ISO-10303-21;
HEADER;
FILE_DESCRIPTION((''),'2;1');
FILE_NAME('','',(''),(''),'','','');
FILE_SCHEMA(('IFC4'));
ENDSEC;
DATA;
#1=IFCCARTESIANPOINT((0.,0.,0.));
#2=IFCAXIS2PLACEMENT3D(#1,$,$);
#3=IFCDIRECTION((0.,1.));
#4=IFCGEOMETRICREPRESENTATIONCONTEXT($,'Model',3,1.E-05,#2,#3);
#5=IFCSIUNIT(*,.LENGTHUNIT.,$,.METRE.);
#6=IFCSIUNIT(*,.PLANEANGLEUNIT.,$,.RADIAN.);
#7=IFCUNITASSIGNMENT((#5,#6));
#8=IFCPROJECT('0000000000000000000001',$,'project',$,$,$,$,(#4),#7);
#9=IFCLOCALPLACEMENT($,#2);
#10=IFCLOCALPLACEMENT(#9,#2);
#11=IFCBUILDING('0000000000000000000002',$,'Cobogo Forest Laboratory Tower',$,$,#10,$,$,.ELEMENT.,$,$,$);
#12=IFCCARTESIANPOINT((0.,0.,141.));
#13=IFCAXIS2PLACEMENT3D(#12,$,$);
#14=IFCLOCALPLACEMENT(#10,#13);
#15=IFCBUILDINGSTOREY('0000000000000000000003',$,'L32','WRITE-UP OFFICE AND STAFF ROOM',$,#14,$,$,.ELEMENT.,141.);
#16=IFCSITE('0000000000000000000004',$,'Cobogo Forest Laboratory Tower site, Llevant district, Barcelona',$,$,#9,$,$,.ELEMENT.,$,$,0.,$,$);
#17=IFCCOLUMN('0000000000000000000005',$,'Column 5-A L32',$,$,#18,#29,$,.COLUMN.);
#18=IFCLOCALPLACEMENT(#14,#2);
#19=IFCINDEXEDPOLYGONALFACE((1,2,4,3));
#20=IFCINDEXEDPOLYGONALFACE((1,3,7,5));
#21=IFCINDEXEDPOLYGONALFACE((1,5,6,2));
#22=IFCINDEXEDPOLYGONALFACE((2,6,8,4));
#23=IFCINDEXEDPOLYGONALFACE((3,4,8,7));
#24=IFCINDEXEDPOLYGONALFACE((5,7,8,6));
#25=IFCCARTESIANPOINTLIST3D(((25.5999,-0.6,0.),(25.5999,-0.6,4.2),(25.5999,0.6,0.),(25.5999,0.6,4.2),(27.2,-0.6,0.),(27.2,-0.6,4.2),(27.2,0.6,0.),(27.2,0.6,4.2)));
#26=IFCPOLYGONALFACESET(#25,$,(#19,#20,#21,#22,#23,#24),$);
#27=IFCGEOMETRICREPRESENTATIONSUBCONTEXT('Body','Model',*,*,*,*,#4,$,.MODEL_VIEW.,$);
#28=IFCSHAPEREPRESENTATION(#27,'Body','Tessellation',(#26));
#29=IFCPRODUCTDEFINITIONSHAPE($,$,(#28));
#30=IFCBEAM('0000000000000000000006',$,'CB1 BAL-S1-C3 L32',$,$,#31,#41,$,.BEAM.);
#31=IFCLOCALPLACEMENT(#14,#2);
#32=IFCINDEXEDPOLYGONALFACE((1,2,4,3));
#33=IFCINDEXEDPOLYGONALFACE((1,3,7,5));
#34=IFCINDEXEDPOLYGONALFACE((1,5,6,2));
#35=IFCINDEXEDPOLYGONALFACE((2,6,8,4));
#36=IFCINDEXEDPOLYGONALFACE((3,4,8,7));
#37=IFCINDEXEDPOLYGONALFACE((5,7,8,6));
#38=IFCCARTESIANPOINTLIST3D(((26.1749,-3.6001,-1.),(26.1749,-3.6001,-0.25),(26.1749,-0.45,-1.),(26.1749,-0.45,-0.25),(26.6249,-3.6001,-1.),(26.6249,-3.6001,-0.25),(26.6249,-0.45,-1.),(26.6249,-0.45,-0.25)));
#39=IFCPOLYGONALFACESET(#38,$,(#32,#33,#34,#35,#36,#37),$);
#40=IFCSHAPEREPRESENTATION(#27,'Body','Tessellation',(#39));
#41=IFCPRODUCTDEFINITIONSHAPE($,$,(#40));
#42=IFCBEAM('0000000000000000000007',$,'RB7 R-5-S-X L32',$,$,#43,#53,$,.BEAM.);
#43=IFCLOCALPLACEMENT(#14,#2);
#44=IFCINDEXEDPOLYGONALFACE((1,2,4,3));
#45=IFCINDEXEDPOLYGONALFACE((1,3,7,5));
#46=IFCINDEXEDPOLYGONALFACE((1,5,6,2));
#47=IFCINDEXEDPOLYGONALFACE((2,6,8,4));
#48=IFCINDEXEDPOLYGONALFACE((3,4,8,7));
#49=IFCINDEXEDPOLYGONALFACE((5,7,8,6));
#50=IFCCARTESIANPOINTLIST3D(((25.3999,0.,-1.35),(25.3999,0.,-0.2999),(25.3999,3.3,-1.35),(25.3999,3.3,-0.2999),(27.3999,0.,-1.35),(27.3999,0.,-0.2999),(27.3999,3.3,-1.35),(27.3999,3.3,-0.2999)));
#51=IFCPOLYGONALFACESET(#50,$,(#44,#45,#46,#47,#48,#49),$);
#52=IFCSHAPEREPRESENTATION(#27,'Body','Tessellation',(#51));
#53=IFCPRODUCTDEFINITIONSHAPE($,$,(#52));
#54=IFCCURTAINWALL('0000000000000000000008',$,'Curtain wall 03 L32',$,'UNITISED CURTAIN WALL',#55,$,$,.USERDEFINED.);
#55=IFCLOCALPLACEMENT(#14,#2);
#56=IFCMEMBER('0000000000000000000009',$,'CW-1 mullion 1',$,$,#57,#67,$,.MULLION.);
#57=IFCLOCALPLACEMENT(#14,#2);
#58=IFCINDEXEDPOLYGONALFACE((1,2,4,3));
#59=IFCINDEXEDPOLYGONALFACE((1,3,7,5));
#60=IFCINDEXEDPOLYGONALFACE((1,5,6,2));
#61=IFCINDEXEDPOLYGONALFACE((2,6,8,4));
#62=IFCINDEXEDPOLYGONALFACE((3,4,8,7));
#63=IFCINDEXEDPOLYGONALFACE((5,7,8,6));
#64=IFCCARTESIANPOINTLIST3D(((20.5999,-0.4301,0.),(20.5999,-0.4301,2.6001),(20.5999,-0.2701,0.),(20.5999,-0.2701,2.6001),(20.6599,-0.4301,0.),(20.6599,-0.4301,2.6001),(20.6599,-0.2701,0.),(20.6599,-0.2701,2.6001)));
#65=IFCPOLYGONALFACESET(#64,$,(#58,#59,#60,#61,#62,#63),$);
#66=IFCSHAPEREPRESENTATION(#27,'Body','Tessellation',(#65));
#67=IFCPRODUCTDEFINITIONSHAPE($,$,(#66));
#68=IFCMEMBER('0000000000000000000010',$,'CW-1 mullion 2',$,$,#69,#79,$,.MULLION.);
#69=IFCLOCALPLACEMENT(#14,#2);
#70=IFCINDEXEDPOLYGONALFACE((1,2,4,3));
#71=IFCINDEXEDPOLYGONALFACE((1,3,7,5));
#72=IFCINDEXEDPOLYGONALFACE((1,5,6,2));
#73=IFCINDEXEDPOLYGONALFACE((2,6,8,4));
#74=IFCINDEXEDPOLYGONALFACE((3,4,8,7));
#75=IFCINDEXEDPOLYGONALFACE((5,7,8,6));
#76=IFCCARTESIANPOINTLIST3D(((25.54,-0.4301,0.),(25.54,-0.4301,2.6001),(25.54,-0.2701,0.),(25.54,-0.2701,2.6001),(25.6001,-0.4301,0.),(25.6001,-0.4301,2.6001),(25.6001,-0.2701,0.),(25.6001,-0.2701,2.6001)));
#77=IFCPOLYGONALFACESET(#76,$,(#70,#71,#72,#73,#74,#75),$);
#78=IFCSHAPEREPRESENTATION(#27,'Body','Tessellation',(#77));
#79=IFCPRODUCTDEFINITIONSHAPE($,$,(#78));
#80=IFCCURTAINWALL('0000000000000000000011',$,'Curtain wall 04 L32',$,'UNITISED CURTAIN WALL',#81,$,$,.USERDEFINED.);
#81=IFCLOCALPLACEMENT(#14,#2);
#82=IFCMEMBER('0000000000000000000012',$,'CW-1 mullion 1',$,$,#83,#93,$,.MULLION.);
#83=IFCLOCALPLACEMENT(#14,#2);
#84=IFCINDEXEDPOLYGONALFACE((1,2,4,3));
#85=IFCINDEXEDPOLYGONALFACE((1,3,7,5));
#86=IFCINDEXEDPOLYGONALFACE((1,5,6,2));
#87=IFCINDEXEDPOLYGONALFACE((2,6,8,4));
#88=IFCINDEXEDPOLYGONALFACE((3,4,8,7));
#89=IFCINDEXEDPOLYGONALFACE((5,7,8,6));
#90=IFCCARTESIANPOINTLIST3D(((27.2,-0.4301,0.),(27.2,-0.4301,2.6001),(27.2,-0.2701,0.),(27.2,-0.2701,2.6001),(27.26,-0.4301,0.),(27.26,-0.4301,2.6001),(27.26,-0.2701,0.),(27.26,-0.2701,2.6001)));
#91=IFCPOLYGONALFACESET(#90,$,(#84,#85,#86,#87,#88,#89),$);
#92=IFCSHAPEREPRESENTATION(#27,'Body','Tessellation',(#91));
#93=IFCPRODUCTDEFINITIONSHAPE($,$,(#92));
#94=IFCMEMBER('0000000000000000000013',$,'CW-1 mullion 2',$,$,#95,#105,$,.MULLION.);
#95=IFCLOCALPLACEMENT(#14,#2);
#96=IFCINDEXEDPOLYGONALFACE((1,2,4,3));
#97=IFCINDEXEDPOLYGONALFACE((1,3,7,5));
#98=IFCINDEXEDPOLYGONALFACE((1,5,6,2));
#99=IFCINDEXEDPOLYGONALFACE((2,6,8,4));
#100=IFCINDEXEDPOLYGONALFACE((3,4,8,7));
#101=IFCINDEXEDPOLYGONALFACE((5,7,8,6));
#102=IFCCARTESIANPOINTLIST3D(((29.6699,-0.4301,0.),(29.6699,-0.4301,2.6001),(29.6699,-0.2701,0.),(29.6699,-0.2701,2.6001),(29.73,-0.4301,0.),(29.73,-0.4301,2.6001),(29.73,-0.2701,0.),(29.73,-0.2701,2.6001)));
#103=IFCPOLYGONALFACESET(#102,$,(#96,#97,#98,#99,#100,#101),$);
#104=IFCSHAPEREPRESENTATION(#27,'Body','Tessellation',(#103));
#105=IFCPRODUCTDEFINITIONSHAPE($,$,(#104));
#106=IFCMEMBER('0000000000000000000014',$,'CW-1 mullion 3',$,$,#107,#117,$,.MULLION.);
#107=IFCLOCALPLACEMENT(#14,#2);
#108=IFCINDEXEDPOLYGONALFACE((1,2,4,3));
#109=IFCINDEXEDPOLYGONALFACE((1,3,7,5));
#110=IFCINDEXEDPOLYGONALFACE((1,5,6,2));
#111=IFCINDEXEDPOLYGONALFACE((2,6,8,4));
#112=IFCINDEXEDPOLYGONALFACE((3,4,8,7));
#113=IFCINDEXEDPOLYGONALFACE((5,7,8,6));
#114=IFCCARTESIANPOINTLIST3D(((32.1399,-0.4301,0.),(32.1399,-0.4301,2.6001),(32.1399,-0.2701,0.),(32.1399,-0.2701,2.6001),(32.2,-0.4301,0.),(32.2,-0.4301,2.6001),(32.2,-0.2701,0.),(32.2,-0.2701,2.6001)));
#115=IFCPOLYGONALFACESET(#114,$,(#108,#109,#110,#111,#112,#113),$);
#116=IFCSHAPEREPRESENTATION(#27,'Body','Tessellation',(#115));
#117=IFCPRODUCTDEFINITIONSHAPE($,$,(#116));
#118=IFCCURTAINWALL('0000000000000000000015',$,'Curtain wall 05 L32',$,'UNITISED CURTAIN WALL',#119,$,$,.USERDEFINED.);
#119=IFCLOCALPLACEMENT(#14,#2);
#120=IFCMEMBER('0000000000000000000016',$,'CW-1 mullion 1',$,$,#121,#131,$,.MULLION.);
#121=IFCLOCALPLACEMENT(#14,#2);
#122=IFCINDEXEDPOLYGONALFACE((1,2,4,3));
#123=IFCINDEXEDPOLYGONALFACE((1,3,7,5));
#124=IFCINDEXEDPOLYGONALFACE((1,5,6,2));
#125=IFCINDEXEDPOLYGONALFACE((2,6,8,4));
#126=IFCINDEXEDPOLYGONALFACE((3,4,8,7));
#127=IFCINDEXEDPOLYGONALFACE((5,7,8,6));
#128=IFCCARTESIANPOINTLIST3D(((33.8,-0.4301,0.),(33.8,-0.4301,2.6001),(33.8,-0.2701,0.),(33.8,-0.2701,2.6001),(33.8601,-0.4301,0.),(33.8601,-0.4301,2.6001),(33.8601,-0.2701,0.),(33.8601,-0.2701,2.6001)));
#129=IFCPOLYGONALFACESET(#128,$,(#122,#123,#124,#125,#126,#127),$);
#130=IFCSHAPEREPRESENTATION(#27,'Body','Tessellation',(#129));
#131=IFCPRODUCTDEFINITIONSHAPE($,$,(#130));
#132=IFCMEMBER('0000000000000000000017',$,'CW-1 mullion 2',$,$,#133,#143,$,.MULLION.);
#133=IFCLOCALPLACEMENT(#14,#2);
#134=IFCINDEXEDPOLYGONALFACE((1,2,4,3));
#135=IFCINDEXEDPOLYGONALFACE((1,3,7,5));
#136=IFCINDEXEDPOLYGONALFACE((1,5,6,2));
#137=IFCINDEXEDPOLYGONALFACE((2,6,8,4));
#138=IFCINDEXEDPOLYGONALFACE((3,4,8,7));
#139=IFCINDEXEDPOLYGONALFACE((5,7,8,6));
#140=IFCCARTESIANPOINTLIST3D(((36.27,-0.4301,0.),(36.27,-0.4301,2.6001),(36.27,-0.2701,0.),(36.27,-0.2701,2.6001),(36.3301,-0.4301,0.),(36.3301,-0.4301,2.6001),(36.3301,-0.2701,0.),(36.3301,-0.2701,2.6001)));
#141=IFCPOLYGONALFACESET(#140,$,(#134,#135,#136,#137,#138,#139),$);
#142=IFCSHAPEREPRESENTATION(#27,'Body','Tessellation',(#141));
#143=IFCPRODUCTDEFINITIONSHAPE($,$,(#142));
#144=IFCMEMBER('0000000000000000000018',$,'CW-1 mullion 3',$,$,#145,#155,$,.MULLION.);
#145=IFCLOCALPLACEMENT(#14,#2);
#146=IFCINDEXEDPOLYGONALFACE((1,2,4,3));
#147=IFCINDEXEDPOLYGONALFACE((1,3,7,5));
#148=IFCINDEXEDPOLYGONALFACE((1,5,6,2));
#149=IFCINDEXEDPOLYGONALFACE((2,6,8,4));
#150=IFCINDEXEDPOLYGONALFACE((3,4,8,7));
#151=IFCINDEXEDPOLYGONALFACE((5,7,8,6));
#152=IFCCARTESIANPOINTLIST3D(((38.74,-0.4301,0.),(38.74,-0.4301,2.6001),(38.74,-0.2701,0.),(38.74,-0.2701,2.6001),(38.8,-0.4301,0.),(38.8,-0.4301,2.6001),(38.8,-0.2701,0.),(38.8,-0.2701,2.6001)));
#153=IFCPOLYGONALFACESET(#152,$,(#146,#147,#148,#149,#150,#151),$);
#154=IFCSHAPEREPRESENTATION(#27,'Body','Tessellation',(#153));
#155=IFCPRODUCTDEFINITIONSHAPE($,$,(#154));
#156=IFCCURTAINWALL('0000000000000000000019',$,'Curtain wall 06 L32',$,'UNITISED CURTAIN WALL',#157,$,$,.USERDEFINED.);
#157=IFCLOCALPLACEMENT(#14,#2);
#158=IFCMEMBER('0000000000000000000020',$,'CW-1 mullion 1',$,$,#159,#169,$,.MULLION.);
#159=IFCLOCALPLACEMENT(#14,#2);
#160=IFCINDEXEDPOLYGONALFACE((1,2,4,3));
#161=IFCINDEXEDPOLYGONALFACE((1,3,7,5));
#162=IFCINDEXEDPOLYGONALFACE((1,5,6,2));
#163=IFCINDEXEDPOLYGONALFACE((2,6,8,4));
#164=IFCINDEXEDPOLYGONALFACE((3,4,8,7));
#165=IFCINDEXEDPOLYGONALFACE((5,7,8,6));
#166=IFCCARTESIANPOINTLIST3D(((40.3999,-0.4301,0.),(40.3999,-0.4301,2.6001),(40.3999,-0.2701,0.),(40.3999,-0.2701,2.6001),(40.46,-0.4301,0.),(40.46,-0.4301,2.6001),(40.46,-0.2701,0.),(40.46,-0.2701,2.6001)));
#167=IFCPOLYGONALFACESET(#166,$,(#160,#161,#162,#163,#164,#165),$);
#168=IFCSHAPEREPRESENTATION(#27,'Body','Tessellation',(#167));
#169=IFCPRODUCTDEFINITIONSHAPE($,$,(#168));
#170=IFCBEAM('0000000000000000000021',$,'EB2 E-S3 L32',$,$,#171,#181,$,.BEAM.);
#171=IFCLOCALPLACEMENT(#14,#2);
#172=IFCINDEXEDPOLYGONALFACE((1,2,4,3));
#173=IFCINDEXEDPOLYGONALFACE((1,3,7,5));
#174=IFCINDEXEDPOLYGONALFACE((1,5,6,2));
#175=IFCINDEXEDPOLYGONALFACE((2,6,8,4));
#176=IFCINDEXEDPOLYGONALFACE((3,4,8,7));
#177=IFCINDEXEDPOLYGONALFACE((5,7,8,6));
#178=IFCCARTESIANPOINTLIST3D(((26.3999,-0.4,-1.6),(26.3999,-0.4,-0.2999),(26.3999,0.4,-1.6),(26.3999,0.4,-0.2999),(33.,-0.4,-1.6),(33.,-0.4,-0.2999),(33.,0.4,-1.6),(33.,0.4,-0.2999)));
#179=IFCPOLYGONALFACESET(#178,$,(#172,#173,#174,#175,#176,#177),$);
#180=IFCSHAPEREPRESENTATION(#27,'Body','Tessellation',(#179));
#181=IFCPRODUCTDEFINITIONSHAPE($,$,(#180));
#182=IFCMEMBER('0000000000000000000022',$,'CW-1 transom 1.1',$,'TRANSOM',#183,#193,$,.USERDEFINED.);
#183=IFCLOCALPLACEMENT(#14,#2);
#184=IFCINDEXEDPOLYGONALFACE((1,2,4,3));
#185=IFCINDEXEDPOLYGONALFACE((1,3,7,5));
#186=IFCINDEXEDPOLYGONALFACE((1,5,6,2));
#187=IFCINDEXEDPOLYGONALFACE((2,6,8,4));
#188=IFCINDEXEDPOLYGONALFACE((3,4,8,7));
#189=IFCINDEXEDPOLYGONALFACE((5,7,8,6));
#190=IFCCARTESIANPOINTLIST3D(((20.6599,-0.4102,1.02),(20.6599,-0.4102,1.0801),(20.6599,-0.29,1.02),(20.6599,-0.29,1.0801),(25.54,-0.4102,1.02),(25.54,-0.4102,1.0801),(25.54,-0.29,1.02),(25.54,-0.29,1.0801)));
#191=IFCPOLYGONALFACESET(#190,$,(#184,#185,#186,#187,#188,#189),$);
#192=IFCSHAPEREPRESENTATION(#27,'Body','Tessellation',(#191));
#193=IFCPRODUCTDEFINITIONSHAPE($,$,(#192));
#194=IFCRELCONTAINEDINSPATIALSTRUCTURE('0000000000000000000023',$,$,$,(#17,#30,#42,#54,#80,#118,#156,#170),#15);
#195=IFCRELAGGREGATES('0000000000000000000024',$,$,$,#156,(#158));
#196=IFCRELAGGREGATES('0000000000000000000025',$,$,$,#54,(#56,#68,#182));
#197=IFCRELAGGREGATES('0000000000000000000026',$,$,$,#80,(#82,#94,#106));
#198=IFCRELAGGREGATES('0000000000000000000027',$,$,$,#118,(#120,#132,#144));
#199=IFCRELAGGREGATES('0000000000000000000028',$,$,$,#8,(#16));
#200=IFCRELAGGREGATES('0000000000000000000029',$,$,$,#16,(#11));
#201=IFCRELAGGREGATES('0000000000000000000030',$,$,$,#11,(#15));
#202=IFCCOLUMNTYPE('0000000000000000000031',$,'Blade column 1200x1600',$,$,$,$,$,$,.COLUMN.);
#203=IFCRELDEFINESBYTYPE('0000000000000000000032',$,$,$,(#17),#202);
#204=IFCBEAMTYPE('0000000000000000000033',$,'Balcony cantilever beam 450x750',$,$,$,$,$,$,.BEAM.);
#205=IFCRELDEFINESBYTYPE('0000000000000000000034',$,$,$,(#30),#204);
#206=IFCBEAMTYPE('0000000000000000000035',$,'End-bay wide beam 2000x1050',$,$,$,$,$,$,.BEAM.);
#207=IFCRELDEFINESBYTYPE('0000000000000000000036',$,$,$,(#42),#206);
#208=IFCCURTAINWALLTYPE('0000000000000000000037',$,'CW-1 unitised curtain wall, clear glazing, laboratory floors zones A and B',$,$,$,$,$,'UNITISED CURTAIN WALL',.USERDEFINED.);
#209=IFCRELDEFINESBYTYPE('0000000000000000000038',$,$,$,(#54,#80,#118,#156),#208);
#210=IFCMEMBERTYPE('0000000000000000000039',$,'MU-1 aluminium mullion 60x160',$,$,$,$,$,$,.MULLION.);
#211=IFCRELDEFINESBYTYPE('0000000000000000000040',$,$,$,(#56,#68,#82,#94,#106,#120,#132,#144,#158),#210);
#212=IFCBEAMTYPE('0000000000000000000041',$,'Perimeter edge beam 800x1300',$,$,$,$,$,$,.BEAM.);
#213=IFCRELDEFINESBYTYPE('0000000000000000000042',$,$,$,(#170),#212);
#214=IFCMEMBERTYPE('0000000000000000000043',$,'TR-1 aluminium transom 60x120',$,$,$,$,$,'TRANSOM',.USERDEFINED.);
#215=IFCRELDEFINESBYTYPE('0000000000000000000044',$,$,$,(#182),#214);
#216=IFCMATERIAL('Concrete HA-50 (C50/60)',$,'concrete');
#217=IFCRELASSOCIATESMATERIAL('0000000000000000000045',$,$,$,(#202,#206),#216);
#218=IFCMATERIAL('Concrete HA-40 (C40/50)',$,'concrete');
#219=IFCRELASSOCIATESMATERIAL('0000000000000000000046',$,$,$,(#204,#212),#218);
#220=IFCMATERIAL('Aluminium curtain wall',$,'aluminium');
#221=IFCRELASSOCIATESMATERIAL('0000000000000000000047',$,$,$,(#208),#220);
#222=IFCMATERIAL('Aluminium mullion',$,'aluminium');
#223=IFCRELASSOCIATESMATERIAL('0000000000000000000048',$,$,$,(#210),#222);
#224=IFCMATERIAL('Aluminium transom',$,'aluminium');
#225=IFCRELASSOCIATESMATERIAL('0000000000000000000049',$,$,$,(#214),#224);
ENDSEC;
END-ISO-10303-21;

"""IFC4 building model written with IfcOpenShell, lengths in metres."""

from ifc_helpers import new_model, si_unit, direction, frame, origin, origin_2d, place, context, subcontext, project, spatial, rectangle, extrude, material, material_profile, profile_set, type_object, element, aggregate, save


model = new_model("IFC4")

# Units and contexts
model_context = context("Model", 3, precision=1e-05, world=origin(), true_north=direction((0.0, 1.0)))
body_context = subcontext(model_context, "Body", "Model", "MODEL_VIEW")
ifc_project = project(units=[si_unit("LENGTHUNIT", "METRE"), si_unit("PLANEANGLEUNIT", "RADIAN")], contexts=[model_context])

# Site, building, storey
site_placement = place(None, origin())
site = spatial("IfcSite", under=ifc_project, at=site_placement, Name="Cobogo Forest Laboratory Tower site, Llevant district, Barcelona", CompositionType="ELEMENT", RefElevation=0.0)
building_placement = place(site_placement, origin())
building = spatial("IfcBuilding", under=site, at=building_placement, Name="Cobogo Forest Laboratory Tower", CompositionType="ELEMENT")
storey_placement = place(building_placement, frame((0.0, 0.0, 141.0)))
storey = spatial("IfcBuildingStorey", under=building, at=storey_placement, Name="L32", Description="WRITE-UP OFFICE AND STAFF ROOM", CompositionType="ELEMENT", Elevation=141.0)

# Column
ifc_material_1 = material(Name="Concrete HA-50 (C50/60)", Category="concrete")
ifc_material_profile_1 = material_profile(ifc_material_1, rectangle(XDim=1.6001, YDim=1.2, at=origin_2d()), Name="RC 1200x1600")
ifc_profile_set_1 = profile_set([ifc_material_profile_1], Name="Concrete HA-50 (C50/60)")
column_type = type_object("IfcColumnType", Name="Blade column 1200x1600", PredefinedType="COLUMN", material=ifc_profile_set_1)
column_placement = place(storey_placement, frame((26.3999, 0.0, 0.0), z_axis=(0.0, 0.0, 1.0), x_axis=(1.0, 0.0, 0.0)))
element("IfcColumn", 1, at=column_placement, inside=storey, type_object=column_type, Name="Column 5-A L32", PredefinedType="COLUMN", context=body_context, shape_type="SweptSolid", body=[
    extrude(rectangle(XDim=1.6001, YDim=1.2, at=origin_2d()), origin(), (0.0, 0.0, 1.0), 4.2),
])

# Beams
ifc_material_2 = material(Name="Concrete HA-40 (C40/50)", Category="concrete")
ifc_material_profile_2 = material_profile(ifc_material_2, rectangle(XDim=0.45, YDim=0.75, at=origin_2d()), Name="RC 450x750")
ifc_profile_set_2 = profile_set([ifc_material_profile_2], Name="Concrete HA-40 (C40/50)")
beam_type_1 = type_object("IfcBeamType", Name="Balcony cantilever beam 450x750", PredefinedType="BEAM", material=ifc_profile_set_2)
beam_1_placement = place(storey_placement, frame((26.3999, -0.45, -0.625), z_axis=(0.0, -1.0, 0.0), x_axis=(1.0, 0.0, 0.0)))
element("IfcBeam", 2, at=beam_1_placement, inside=storey, type_object=beam_type_1, Name="CB1 BAL-S1-C3 L32", PredefinedType="BEAM", context=body_context, shape_type="SweptSolid", body=[
    extrude(rectangle(XDim=0.45, YDim=0.75, at=origin_2d()), origin(), (0.0, 0.0, 1.0), 3.1501),
])
ifc_material_profile_3 = material_profile(ifc_material_1, rectangle(XDim=2.0, YDim=1.05, at=origin_2d()), Name="RC 2000x1050")
ifc_profile_set_3 = profile_set([ifc_material_profile_3], Name="Concrete HA-50 (C50/60)")
beam_type_2 = type_object("IfcBeamType", Name="End-bay wide beam 2000x1050", PredefinedType="BEAM", material=ifc_profile_set_3)
beam_2_placement = place(storey_placement, frame((26.3999, 0.0, -0.825), z_axis=(0.0, 1.0, 0.0), x_axis=(-1.0, 0.0, 0.0)))
element("IfcBeam", 3, at=beam_2_placement, inside=storey, type_object=beam_type_2, Name="RB7 R-5-S-X L32", PredefinedType="BEAM", context=body_context, shape_type="SweptSolid", body=[
    extrude(rectangle(XDim=2.0, YDim=1.05, at=origin_2d()), origin(), (0.0, 0.0, 1.0), 3.3),
])

# Curtain walls, members
ifc_material_3 = material(Name="Aluminium curtain wall", Category="aluminium")
curtain_wall_type = type_object("IfcCurtainWallType", Name="CW-1 unitised curtain wall, clear glazing, laboratory floors zones A and B", ElementType="UNITISED CURTAIN WALL", PredefinedType="USERDEFINED", material=ifc_material_3)
curtain_wall_1_placement = place(storey_placement, origin())
curtain_wall_1 = element("IfcCurtainWall", 4, at=curtain_wall_1_placement, inside=storey, type_object=curtain_wall_type, Name="Curtain wall 03 L32", ObjectType="UNITISED CURTAIN WALL", PredefinedType="USERDEFINED")
ifc_material_4 = material(Name="Aluminium mullion", Category="aluminium")
ifc_material_profile_4 = material_profile(ifc_material_4, rectangle(XDim=0.0601, YDim=0.1599, at=origin_2d()), Name="AL 60x160")
ifc_profile_set_4 = profile_set([ifc_material_profile_4], Name="Aluminium mullion")
member_type_1 = type_object("IfcMemberType", Name="MU-1 aluminium mullion 60x160", PredefinedType="MULLION", material=ifc_profile_set_4)
member_1_placement = place(storey_placement, frame((20.6299, -0.3501, 0.0), z_axis=(0.0, 0.0, 1.0), x_axis=(1.0, 0.0, 0.0)))
member_1 = element("IfcMember", 5, at=member_1_placement, type_object=member_type_1, Name="CW-1 mullion 1", PredefinedType="MULLION", context=body_context, shape_type="SweptSolid", body=[
    extrude(rectangle(XDim=0.0601, YDim=0.1599, at=origin_2d()), origin(), (0.0, 0.0, 1.0), 2.6001),
])
member_2_placement = place(storey_placement, frame((25.5701, -0.3501, 0.0), z_axis=(0.0, 0.0, 1.0), x_axis=(1.0, 0.0, 0.0)))
member_2 = element("IfcMember", 6, at=member_2_placement, type_object=member_type_1, Name="CW-1 mullion 2", PredefinedType="MULLION", context=body_context, shape_type="SweptSolid", body=[
    extrude(rectangle(XDim=0.0601, YDim=0.1599, at=origin_2d()), origin(), (0.0, 0.0, 1.0), 2.6001),
])
curtain_wall_2_placement = place(storey_placement, origin())
curtain_wall_2 = element("IfcCurtainWall", 7, at=curtain_wall_2_placement, inside=storey, type_object=curtain_wall_type, Name="Curtain wall 04 L32", ObjectType="UNITISED CURTAIN WALL", PredefinedType="USERDEFINED")
member_3_placement = place(storey_placement, frame((27.23, -0.3501, 0.0), z_axis=(0.0, 0.0, 1.0), x_axis=(1.0, 0.0, 0.0)))
member_3 = element("IfcMember", 8, at=member_3_placement, type_object=member_type_1, Name="CW-1 mullion 1", PredefinedType="MULLION", context=body_context, shape_type="SweptSolid", body=[
    extrude(rectangle(XDim=0.0601, YDim=0.1599, at=origin_2d()), origin(), (0.0, 0.0, 1.0), 2.6001),
])
member_4_placement = place(storey_placement, frame((29.7, -0.3501, 0.0), z_axis=(0.0, 0.0, 1.0), x_axis=(1.0, 0.0, 0.0)))
member_4 = element("IfcMember", 9, at=member_4_placement, type_object=member_type_1, Name="CW-1 mullion 2", PredefinedType="MULLION", context=body_context, shape_type="SweptSolid", body=[
    extrude(rectangle(XDim=0.0601, YDim=0.1599, at=origin_2d()), origin(), (0.0, 0.0, 1.0), 2.6001),
])
member_5_placement = place(storey_placement, frame((32.1699, -0.3501, 0.0), z_axis=(0.0, 0.0, 1.0), x_axis=(1.0, 0.0, 0.0)))
member_5 = element("IfcMember", 10, at=member_5_placement, type_object=member_type_1, Name="CW-1 mullion 3", PredefinedType="MULLION", context=body_context, shape_type="SweptSolid", body=[
    extrude(rectangle(XDim=0.0601, YDim=0.1599, at=origin_2d()), origin(), (0.0, 0.0, 1.0), 2.6001),
])
curtain_wall_3_placement = place(storey_placement, origin())
curtain_wall_3 = element("IfcCurtainWall", 11, at=curtain_wall_3_placement, inside=storey, type_object=curtain_wall_type, Name="Curtain wall 05 L32", ObjectType="UNITISED CURTAIN WALL", PredefinedType="USERDEFINED")
member_6_placement = place(storey_placement, frame((33.8301, -0.3501, 0.0), z_axis=(0.0, 0.0, 1.0), x_axis=(1.0, 0.0, 0.0)))
member_6 = element("IfcMember", 12, at=member_6_placement, type_object=member_type_1, Name="CW-1 mullion 1", PredefinedType="MULLION", context=body_context, shape_type="SweptSolid", body=[
    extrude(rectangle(XDim=0.0601, YDim=0.1599, at=origin_2d()), origin(), (0.0, 0.0, 1.0), 2.6001),
])
member_7_placement = place(storey_placement, frame((36.3, -0.3501, 0.0), z_axis=(0.0, 0.0, 1.0), x_axis=(1.0, 0.0, 0.0)))
member_7 = element("IfcMember", 13, at=member_7_placement, type_object=member_type_1, Name="CW-1 mullion 2", PredefinedType="MULLION", context=body_context, shape_type="SweptSolid", body=[
    extrude(rectangle(XDim=0.0601, YDim=0.1599, at=origin_2d()), origin(), (0.0, 0.0, 1.0), 2.6001),
])
member_8_placement = place(storey_placement, frame((38.77, -0.3501, 0.0), z_axis=(0.0, 0.0, 1.0), x_axis=(1.0, 0.0, 0.0)))
member_8 = element("IfcMember", 14, at=member_8_placement, type_object=member_type_1, Name="CW-1 mullion 3", PredefinedType="MULLION", context=body_context, shape_type="SweptSolid", body=[
    extrude(rectangle(XDim=0.0601, YDim=0.1599, at=origin_2d()), origin(), (0.0, 0.0, 1.0), 2.6001),
])

# Curtain wall, member
curtain_wall_4_placement = place(storey_placement, origin())
curtain_wall_4 = element("IfcCurtainWall", 15, at=curtain_wall_4_placement, inside=storey, type_object=curtain_wall_type, Name="Curtain wall 06 L32", ObjectType="UNITISED CURTAIN WALL", PredefinedType="USERDEFINED")
member_9_placement = place(storey_placement, frame((40.4299, -0.3501, 0.0), z_axis=(0.0, 0.0, 1.0), x_axis=(1.0, 0.0, 0.0)))
member_9 = element("IfcMember", 16, at=member_9_placement, type_object=member_type_1, Name="CW-1 mullion 1", PredefinedType="MULLION", context=body_context, shape_type="SweptSolid", body=[
    extrude(rectangle(XDim=0.0601, YDim=0.1599, at=origin_2d()), origin(), (0.0, 0.0, 1.0), 2.6001),
])
aggregate(curtain_wall_4, [member_9])

# Beam
ifc_material_profile_5 = material_profile(ifc_material_2, rectangle(XDim=0.8, YDim=1.3, at=origin_2d()), Name="RC 800x1300")
ifc_profile_set_5 = profile_set([ifc_material_profile_5], Name="Concrete HA-40 (C40/50)")
beam_type_3 = type_object("IfcBeamType", Name="Perimeter edge beam 800x1300", PredefinedType="BEAM", material=ifc_profile_set_5)
beam_3_placement = place(storey_placement, frame((26.3999, 0.0, -0.95), z_axis=(1.0, 0.0, 0.0), x_axis=(0.0, 1.0, 0.0)))
element("IfcBeam", 17, at=beam_3_placement, inside=storey, type_object=beam_type_3, Name="EB2 E-S3 L32", PredefinedType="BEAM", context=body_context, shape_type="SweptSolid", body=[
    extrude(rectangle(XDim=0.8, YDim=1.3, at=origin_2d()), origin(), (0.0, 0.0, 1.0), 6.6001),
])

# Member
ifc_material_5 = material(Name="Aluminium transom", Category="aluminium")
ifc_material_profile_6 = material_profile(ifc_material_5, rectangle(XDim=0.1201, YDim=0.0601, at=origin_2d()), Name="AL 60x120")
ifc_profile_set_6 = profile_set([ifc_material_profile_6], Name="Aluminium transom")
member_type_2 = type_object("IfcMemberType", Name="TR-1 aluminium transom 60x120", ElementType="TRANSOM", PredefinedType="USERDEFINED", material=ifc_profile_set_6)
member_10_placement = place(storey_placement, frame((20.6599, -0.3501, 1.05), z_axis=(1.0, 0.0, 0.0), x_axis=(0.0, 1.0, 0.0)))
member_10 = element("IfcMember", 18, at=member_10_placement, type_object=member_type_2, Name="CW-1 transom 1.1", ObjectType="TRANSOM", PredefinedType="USERDEFINED", context=body_context, shape_type="SweptSolid", body=[
    extrude(rectangle(XDim=0.1201, YDim=0.0601, at=origin_2d()), origin(), (0.0, 0.0, 1.0), 4.8801),
])

aggregate(curtain_wall_1, [member_1, member_2, member_10])
aggregate(curtain_wall_2, [member_3, member_4, member_5])
aggregate(curtain_wall_3, [member_6, member_7, member_8])

save(model, "model.ifc")
